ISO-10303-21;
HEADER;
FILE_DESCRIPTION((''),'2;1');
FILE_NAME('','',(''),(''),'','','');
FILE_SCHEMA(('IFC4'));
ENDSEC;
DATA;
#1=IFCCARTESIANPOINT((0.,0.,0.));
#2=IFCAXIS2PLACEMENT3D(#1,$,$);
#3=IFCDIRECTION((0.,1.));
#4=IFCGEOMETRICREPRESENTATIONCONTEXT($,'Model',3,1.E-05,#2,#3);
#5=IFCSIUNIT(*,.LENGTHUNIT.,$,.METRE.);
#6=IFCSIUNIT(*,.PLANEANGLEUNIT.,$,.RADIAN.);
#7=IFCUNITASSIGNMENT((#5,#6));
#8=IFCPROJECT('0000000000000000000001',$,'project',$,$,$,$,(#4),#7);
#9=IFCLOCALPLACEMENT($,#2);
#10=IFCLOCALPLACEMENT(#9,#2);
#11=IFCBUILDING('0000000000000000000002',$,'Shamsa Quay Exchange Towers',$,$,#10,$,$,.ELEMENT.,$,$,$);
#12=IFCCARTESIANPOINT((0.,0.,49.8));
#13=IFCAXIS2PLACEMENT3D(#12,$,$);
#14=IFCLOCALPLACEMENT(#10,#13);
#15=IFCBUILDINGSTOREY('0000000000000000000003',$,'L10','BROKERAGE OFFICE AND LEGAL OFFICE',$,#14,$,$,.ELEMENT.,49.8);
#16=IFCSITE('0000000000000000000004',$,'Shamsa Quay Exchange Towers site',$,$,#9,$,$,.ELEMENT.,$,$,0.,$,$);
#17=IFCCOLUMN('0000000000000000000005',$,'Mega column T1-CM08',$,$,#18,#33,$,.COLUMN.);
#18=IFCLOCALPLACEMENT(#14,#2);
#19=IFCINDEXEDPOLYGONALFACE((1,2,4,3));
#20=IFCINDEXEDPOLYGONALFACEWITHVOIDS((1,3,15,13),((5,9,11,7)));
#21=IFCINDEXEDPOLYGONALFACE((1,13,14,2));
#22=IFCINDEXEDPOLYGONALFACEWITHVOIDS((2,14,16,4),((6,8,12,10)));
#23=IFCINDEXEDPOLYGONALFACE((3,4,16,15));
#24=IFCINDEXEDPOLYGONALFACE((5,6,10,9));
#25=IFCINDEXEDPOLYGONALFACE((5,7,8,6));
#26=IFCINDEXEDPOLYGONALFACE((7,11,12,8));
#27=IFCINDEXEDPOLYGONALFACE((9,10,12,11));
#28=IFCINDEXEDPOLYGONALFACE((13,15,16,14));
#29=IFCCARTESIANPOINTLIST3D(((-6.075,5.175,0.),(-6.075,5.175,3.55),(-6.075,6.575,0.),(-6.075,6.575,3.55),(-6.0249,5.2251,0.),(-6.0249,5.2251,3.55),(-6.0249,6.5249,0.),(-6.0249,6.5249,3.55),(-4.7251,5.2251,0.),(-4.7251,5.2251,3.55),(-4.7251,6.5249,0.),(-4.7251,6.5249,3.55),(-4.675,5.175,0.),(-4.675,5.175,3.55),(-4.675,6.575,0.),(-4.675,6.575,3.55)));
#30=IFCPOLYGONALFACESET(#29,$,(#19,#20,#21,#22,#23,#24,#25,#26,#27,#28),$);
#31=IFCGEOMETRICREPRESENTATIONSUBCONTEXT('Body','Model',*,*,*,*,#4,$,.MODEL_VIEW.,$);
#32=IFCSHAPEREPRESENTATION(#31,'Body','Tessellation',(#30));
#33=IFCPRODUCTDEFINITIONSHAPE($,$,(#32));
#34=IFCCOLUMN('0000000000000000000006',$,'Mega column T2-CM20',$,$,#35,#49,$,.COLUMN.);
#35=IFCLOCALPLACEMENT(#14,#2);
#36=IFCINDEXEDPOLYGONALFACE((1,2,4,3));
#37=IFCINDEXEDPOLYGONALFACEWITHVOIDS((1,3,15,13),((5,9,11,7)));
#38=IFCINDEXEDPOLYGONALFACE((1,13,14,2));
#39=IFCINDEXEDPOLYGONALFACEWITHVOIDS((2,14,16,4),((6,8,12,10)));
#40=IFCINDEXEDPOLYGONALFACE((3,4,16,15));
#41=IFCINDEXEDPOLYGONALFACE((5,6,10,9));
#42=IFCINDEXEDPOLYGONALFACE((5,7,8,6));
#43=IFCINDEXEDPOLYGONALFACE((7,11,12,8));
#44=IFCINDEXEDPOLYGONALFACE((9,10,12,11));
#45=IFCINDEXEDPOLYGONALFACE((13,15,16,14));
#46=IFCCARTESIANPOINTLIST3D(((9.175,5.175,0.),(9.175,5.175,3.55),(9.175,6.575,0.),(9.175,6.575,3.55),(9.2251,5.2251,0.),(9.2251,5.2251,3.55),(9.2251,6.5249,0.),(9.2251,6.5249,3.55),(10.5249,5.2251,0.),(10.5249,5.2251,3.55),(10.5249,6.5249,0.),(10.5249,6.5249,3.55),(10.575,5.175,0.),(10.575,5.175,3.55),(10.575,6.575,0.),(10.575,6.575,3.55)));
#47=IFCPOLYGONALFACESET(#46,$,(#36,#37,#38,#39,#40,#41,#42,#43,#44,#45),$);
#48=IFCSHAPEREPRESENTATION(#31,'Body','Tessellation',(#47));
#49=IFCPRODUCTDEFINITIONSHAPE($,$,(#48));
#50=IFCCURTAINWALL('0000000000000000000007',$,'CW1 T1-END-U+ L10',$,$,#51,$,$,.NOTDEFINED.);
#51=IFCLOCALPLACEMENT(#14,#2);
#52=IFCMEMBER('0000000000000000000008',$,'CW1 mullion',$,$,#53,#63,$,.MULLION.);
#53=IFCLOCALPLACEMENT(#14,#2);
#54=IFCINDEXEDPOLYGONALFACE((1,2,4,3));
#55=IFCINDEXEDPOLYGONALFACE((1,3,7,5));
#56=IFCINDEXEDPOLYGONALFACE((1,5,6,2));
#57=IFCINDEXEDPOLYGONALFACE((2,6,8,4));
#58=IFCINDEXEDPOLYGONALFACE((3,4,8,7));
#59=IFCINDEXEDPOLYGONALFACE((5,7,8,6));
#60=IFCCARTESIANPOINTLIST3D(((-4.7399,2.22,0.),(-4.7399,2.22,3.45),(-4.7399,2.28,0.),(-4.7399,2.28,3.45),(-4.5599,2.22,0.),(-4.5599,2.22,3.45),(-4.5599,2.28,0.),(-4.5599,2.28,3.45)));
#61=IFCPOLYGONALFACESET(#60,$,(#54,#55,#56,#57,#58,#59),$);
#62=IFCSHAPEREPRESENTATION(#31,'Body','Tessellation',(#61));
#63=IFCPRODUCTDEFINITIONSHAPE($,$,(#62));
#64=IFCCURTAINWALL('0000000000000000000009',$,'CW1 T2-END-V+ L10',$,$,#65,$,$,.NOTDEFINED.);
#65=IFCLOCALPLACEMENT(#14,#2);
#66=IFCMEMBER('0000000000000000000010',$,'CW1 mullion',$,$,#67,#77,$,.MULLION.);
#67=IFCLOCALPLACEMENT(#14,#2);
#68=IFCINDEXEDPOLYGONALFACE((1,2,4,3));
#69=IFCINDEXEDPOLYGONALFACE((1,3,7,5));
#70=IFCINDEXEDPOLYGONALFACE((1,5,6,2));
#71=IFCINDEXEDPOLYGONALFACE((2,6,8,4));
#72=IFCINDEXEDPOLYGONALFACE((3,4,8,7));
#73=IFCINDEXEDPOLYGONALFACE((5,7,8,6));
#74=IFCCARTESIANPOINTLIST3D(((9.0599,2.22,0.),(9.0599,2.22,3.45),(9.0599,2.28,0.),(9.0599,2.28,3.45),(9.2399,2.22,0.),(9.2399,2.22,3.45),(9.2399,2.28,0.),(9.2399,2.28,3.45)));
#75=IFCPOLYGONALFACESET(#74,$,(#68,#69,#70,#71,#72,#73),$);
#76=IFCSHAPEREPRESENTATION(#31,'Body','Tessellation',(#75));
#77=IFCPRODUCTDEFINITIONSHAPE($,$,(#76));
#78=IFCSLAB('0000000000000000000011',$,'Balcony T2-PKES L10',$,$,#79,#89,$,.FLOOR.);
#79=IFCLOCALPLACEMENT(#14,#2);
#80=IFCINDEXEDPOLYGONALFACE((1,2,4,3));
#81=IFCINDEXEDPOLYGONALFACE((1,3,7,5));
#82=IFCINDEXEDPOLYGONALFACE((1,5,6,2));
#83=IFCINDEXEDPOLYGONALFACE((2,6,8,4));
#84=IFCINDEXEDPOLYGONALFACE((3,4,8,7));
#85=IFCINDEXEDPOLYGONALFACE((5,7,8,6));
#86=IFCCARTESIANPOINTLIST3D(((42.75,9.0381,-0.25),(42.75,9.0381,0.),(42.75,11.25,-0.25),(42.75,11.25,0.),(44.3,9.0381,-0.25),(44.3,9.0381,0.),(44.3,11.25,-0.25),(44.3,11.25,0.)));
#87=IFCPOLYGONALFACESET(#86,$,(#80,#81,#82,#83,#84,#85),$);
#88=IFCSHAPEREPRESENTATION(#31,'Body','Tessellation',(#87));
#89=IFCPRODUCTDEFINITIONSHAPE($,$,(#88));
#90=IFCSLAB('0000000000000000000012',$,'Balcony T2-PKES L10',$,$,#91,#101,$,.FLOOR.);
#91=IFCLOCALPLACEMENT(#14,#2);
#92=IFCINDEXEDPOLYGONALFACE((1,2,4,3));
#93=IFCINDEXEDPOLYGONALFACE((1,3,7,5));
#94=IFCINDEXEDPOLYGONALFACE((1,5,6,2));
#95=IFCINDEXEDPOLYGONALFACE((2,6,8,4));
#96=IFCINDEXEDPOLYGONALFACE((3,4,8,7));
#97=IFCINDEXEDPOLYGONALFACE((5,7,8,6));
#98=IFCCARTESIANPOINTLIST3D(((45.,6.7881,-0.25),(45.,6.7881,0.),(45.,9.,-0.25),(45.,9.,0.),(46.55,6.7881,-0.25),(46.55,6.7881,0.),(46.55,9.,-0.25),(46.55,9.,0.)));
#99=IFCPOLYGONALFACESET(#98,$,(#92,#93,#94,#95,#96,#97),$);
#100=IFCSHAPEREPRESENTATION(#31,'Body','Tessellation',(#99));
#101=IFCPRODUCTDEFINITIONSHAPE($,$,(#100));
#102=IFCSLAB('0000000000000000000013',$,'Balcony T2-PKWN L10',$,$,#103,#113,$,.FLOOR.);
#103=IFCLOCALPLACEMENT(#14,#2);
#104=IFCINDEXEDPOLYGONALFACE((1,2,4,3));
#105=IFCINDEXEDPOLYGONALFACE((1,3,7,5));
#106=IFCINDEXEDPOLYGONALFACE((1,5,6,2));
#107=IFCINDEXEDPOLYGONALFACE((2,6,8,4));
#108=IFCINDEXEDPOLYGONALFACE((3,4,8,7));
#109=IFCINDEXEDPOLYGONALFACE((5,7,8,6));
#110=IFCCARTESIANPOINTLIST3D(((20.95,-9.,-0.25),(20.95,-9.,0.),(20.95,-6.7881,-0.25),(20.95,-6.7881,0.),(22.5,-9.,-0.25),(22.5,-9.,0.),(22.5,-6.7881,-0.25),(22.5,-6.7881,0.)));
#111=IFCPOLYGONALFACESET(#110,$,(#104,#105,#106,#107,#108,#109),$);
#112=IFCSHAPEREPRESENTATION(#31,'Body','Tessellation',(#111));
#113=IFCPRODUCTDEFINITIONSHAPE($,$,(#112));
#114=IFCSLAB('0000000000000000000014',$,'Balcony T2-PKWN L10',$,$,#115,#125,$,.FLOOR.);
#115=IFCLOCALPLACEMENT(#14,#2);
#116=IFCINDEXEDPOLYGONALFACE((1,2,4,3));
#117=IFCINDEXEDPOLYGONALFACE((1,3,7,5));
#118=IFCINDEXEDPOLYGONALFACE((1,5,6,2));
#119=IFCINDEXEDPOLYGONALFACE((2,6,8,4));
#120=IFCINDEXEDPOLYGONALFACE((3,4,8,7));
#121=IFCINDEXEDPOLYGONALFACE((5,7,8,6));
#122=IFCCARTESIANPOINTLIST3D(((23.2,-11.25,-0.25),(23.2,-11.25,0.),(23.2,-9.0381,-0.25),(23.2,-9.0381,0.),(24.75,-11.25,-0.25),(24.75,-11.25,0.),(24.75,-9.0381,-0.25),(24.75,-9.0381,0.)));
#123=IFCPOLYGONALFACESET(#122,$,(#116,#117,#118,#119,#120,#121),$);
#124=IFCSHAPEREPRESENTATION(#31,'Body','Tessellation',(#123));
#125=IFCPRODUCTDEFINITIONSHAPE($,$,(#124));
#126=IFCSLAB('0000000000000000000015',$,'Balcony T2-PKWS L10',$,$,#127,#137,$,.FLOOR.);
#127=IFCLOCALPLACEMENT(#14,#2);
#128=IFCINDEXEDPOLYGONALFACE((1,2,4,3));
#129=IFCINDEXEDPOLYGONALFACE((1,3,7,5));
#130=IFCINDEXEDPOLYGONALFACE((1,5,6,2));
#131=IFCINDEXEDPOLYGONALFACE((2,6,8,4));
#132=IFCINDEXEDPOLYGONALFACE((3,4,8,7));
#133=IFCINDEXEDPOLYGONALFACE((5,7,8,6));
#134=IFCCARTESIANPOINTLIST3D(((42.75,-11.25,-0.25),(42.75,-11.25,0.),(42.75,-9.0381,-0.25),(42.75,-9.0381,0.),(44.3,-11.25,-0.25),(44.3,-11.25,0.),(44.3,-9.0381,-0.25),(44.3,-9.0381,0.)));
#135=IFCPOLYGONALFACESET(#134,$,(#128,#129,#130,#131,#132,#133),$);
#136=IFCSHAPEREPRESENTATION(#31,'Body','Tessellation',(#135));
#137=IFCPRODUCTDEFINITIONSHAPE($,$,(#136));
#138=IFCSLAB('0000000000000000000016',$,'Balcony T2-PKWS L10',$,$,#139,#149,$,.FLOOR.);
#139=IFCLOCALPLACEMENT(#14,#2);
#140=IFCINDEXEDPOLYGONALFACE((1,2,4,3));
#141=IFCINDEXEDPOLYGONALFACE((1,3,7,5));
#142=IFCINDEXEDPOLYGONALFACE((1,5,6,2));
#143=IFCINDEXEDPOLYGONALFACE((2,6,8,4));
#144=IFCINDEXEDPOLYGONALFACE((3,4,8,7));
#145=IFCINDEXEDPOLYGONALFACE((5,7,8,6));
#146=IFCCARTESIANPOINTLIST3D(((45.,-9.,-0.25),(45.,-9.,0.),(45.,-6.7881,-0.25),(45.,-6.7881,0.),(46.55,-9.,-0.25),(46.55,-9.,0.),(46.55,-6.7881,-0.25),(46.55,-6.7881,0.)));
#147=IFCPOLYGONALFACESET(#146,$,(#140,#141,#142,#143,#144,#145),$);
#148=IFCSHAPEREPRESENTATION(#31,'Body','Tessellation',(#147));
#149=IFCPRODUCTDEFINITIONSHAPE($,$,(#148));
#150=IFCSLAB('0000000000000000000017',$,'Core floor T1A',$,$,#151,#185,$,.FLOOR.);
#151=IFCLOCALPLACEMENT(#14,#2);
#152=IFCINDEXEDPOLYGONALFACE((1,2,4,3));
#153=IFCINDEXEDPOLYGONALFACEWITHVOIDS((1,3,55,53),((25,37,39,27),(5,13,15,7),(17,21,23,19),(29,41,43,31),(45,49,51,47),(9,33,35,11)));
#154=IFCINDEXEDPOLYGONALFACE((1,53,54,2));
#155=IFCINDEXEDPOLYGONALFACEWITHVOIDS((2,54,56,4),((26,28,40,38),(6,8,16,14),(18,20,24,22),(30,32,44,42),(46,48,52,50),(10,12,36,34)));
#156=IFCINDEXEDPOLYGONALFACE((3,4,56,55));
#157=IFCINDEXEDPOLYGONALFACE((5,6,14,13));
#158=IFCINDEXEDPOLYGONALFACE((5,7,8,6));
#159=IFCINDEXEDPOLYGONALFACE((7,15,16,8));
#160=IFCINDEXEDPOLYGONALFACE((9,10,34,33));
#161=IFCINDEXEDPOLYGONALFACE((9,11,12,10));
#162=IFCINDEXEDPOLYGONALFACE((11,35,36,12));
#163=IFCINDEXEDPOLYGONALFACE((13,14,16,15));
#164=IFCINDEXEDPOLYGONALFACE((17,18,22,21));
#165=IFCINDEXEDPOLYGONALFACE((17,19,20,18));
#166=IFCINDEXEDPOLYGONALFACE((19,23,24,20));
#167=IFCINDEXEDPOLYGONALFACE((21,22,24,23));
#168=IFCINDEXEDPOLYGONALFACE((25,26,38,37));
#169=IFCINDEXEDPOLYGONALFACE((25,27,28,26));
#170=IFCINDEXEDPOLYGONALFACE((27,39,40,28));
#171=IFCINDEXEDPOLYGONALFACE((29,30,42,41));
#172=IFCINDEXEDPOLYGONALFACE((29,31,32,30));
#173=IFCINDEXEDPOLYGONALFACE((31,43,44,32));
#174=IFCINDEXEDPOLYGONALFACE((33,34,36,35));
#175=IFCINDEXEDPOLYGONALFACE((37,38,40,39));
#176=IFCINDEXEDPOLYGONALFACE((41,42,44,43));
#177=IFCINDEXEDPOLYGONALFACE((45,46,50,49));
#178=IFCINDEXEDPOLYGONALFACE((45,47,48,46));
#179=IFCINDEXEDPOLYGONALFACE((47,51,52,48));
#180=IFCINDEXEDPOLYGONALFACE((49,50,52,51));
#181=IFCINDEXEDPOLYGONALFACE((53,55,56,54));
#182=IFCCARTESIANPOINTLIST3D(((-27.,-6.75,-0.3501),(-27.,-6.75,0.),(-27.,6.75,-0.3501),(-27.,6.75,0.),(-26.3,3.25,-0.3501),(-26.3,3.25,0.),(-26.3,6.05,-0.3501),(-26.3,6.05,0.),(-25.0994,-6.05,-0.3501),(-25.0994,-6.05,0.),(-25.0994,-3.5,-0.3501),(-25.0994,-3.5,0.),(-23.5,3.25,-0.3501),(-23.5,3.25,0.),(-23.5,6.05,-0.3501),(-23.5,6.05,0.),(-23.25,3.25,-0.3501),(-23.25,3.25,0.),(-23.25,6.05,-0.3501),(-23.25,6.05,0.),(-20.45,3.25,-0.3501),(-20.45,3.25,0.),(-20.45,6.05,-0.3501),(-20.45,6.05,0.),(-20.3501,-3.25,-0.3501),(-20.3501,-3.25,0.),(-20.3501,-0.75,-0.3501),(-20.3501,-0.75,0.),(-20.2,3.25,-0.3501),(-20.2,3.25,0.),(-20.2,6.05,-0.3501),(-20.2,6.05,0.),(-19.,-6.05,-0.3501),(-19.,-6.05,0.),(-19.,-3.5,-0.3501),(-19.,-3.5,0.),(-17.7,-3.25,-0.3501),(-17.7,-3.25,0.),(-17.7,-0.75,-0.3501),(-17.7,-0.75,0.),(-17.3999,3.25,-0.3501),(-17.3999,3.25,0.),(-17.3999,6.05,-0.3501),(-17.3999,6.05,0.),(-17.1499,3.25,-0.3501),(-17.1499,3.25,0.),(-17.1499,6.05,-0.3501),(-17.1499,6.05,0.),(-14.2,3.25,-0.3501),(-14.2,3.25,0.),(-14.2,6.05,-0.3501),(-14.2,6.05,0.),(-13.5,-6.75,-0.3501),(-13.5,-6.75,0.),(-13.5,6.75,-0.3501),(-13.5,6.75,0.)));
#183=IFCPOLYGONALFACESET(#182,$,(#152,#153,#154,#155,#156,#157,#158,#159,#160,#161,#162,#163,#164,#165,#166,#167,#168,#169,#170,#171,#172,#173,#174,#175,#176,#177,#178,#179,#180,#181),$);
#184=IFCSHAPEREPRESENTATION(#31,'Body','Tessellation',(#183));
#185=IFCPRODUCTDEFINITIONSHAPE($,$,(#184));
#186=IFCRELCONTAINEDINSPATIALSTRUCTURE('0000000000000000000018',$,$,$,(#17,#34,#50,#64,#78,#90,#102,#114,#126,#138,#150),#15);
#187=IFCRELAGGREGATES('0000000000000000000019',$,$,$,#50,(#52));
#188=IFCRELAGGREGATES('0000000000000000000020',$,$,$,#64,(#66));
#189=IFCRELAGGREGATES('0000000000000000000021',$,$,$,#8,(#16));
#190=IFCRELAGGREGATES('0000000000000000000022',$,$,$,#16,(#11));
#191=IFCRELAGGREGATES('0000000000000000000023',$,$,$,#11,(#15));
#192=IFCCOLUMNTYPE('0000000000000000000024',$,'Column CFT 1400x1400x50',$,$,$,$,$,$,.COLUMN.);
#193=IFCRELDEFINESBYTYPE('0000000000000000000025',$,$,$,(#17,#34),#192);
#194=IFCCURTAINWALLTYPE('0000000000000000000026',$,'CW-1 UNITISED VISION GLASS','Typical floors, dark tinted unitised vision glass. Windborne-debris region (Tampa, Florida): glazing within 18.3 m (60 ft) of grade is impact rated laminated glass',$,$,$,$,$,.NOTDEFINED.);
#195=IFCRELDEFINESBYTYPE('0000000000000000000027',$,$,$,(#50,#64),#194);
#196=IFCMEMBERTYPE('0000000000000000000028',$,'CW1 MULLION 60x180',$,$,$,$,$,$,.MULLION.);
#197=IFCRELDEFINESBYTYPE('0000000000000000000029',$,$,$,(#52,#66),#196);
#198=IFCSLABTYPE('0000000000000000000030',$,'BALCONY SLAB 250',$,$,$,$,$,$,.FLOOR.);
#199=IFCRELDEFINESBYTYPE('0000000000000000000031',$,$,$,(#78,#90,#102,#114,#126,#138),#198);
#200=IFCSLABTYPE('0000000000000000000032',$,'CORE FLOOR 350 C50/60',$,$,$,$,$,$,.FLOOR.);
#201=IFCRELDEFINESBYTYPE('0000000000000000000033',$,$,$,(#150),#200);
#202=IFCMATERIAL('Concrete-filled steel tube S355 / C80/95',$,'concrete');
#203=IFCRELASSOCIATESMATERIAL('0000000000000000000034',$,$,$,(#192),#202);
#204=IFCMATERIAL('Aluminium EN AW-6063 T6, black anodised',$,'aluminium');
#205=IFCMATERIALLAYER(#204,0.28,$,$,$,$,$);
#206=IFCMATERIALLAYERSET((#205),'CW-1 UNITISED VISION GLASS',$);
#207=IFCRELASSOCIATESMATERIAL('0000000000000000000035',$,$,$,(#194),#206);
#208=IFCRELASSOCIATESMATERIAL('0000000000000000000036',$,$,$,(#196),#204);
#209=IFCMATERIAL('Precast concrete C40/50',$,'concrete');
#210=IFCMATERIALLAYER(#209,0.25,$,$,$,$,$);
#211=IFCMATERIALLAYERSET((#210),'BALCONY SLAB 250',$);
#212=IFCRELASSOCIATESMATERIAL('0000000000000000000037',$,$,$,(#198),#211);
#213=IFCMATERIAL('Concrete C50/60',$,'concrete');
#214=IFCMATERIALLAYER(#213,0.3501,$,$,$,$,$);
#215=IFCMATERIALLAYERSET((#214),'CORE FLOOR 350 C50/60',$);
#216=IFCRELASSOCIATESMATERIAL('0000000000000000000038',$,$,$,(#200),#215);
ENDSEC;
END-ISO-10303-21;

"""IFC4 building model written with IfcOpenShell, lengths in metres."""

from ifc_helpers import new_model, si_unit, direction, frame, origin, origin_2d, place, context, subcontext, project, spatial, polyline, rectangle, hollow_rectangle, outline, extrude, material, layer, layer_set, material_profile, profile_set, type_object, element, aggregate, save


model = new_model("IFC4")

# Units and contexts
model_context = context("Model", 3, precision=1e-05, world=origin(), true_north=direction((0.0, 1.0)))
body_context = subcontext(model_context, "Body", "Model", "MODEL_VIEW")
ifc_project = project(units=[si_unit("LENGTHUNIT", "METRE"), si_unit("PLANEANGLEUNIT", "RADIAN")], contexts=[model_context])

# Site, building, storey
site_placement = place(None, origin())
site = spatial("IfcSite", under=ifc_project, at=site_placement, Name="Shamsa Quay Exchange Towers site", CompositionType="ELEMENT", RefElevation=0.0)
building_placement = place(site_placement, origin())
building = spatial("IfcBuilding", under=site, at=building_placement, Name="Shamsa Quay Exchange Towers", CompositionType="ELEMENT")
storey_placement = place(building_placement, frame((0.0, 0.0, 49.8)))
storey = spatial("IfcBuildingStorey", under=building, at=storey_placement, Name="L10", Description="BROKERAGE OFFICE AND LEGAL OFFICE", CompositionType="ELEMENT", Elevation=49.8)

# Columns
ifc_material_1 = material(Name="Concrete-filled steel tube S355 / C80/95", Category="concrete")
ifc_material_profile_1 = material_profile(ifc_material_1, hollow_rectangle(XDim=1.3999, YDim=1.3999, WallThickness=0.05, at=origin_2d()), Name="CFT 1400x1400x50")
ifc_profile_set_1 = profile_set([ifc_material_profile_1], Name="Concrete-filled steel tube S355 / C80/95")
column_type = type_object("IfcColumnType", Name="Column CFT 1400x1400x50", PredefinedType="COLUMN", material=ifc_profile_set_1)
for number, where, name in (
    (1, (-5.375, 5.875, 0.0), "Mega column T1-CM08"),
    (2, (9.875, 5.875, 0.0), "Mega column T2-CM20"),
):
    element("IfcColumn", number, at=place(storey_placement, frame(where)), inside=storey, type_object=column_type, Name=name, PredefinedType="COLUMN", context=body_context, shape_type="SweptSolid", body=[
        extrude(hollow_rectangle(XDim=1.3999, YDim=1.3999, WallThickness=0.05, at=origin_2d()), origin(), (0.0, 0.0, 1.0), 3.55),
    ])

# Curtain walls, members
ifc_material_2 = material(Name="Aluminium EN AW-6063 T6, black anodised", Category="aluminium")
ifc_layer_1 = layer(ifc_material_2, 0.28)
ifc_layer_set_1 = layer_set([ifc_layer_1], Name="CW-1 UNITISED VISION GLASS")
curtain_wall_type = type_object("IfcCurtainWallType", Name="CW-1 UNITISED VISION GLASS", Description="Typical floors, dark tinted unitised vision glass. Windborne-debris region (Tampa, Florida): glazing within 18.3 m (60 ft) of grade is impact rated laminated glass", PredefinedType="NOTDEFINED", material=ifc_layer_set_1)
curtain_wall_1_placement = place(storey_placement, origin())
curtain_wall_1 = element("IfcCurtainWall", 3, at=curtain_wall_1_placement, inside=storey, type_object=curtain_wall_type, Name="CW1 T1-END-U+ L10", PredefinedType="NOTDEFINED")
ifc_material_profile_2 = material_profile(ifc_material_2, rectangle(XDim=0.1799, YDim=0.0601, at=origin_2d()), Name="MU60x180")
ifc_profile_set_2 = profile_set([ifc_material_profile_2], Name="Aluminium EN AW-6063 T6, black anodised")
member_type = type_object("IfcMemberType", Name="CW1 MULLION 60x180", PredefinedType="MULLION", material=ifc_profile_set_2)
member_1_placement = place(storey_placement, frame((-4.6499, 2.25, 0.0), z_axis=(0.0, 0.0, 1.0), x_axis=(-1.0, 0.0, 0.0)))
member_1 = element("IfcMember", 4, at=member_1_placement, type_object=member_type, Name="CW1 mullion", PredefinedType="MULLION", context=body_context, shape_type="SweptSolid", body=[
    extrude(rectangle(XDim=0.1799, YDim=0.0601, at=origin_2d()), origin(), (0.0, 0.0, 1.0), 3.45),
])
curtain_wall_2_placement = place(storey_placement, origin())
curtain_wall_2 = element("IfcCurtainWall", 5, at=curtain_wall_2_placement, inside=storey, type_object=curtain_wall_type, Name="CW1 T2-END-V+ L10", PredefinedType="NOTDEFINED")
member_2_placement = place(storey_placement, frame((9.1499, 2.25, 0.0)))
member_2 = element("IfcMember", 6, at=member_2_placement, type_object=member_type, Name="CW1 mullion", PredefinedType="MULLION", context=body_context, shape_type="SweptSolid", body=[
    extrude(rectangle(XDim=0.1799, YDim=0.0601, at=origin_2d()), origin(), (0.0, 0.0, 1.0), 3.45),
])

# Slabs
ifc_material_3 = material(Name="Precast concrete C40/50", Category="concrete")
ifc_layer_2 = layer(ifc_material_3, 0.25)
ifc_layer_set_2 = layer_set([ifc_layer_2], Name="BALCONY SLAB 250")
slab_type_1 = type_object("IfcSlabType", Name="BALCONY SLAB 250", PredefinedType="FLOOR", material=ifc_layer_set_2)
slab_1_placement = place(storey_placement, frame((0.0, 0.0, -0.25)))
element("IfcSlab", 7, at=slab_1_placement, inside=storey, type_object=slab_type_1, Name="Balcony T2-PKES L10", PredefinedType="FLOOR", context=body_context, shape_type="SweptSolid", body=[
    extrude(outline(polyline([(42.75, 9.0381), (42.75, 11.25), (44.3, 11.25), (44.3, 9.0381), (42.75, 9.0381)])), origin(), (0.0, 0.0, 1.0), 0.25),
])
slab_2_placement = place(storey_placement, frame((0.0, 0.0, -0.25)))
element("IfcSlab", 8, at=slab_2_placement, inside=storey, type_object=slab_type_1, Name="Balcony T2-PKES L10", PredefinedType="FLOOR", context=body_context, shape_type="SweptSolid", body=[
    extrude(outline(polyline([(45.0, 6.7881), (45.0, 9.0), (46.55, 9.0), (46.55, 6.7881), (45.0, 6.7881)])), origin(), (0.0, 0.0, 1.0), 0.25),
])
slab_3_placement = place(storey_placement, frame((0.0, 0.0, -0.25)))
element("IfcSlab", 9, at=slab_3_placement, inside=storey, type_object=slab_type_1, Name="Balcony T2-PKWN L10", PredefinedType="FLOOR", context=body_context, shape_type="SweptSolid", body=[
    extrude(outline(polyline([(22.5, -6.7881), (22.5, -9.0), (20.95, -9.0), (20.95, -6.7881), (22.5, -6.7881)])), origin(), (0.0, 0.0, 1.0), 0.25),
])
slab_4_placement = place(storey_placement, frame((0.0, 0.0, -0.25)))
element("IfcSlab", 10, at=slab_4_placement, inside=storey, type_object=slab_type_1, Name="Balcony T2-PKWN L10", PredefinedType="FLOOR", context=body_context, shape_type="SweptSolid", body=[
    extrude(outline(polyline([(24.75, -9.0381), (24.75, -11.25), (23.2, -11.25), (23.2, -9.0381), (24.75, -9.0381)])), origin(), (0.0, 0.0, 1.0), 0.25),
])
slab_5_placement = place(storey_placement, frame((0.0, 0.0, -0.25)))
element("IfcSlab", 11, at=slab_5_placement, inside=storey, type_object=slab_type_1, Name="Balcony T2-PKWS L10", PredefinedType="FLOOR", context=body_context, shape_type="SweptSolid", body=[
    extrude(outline(polyline([(42.75, -11.25), (42.75, -9.0381), (44.3, -9.0381), (44.3, -11.25), (42.75, -11.25)])), origin(), (0.0, 0.0, 1.0), 0.25),
])
slab_6_placement = place(storey_placement, frame((0.0, 0.0, -0.25)))
element("IfcSlab", 12, at=slab_6_placement, inside=storey, type_object=slab_type_1, Name="Balcony T2-PKWS L10", PredefinedType="FLOOR", context=body_context, shape_type="SweptSolid", body=[
    extrude(outline(polyline([(45.0, -9.0), (45.0, -6.7881), (46.55, -6.7881), (46.55, -9.0), (45.0, -9.0)])), origin(), (0.0, 0.0, 1.0), 0.25),
])
ifc_material_4 = material(Name="Concrete C50/60", Category="concrete")
ifc_layer_3 = layer(ifc_material_4, 0.3501)
ifc_layer_set_3 = layer_set([ifc_layer_3], Name="CORE FLOOR 350 C50/60")
slab_type_2 = type_object("IfcSlabType", Name="CORE FLOOR 350 C50/60", PredefinedType="FLOOR", material=ifc_layer_set_3)
slab_7_placement = place(storey_placement, frame((0.0, 0.0, -0.3501)))
element("IfcSlab", 13, at=slab_7_placement, inside=storey, type_object=slab_type_2, Name="Core floor T1A", PredefinedType="FLOOR", context=body_context, shape_type="SweptSolid", body=[
    extrude(outline(polyline([(-27.0, -6.75), (-13.5, -6.75), (-13.5, 6.75), (-27.0, 6.75), (-27.0, -6.75)]), holes=[polyline([(-25.0994, -6.05), (-25.0994, -3.5), (-19.0, -3.5), (-19.0, -6.05), (-25.0994, -6.05)]), polyline([(-26.3, 3.25), (-26.3, 6.05), (-23.5, 6.05), (-23.5, 3.25), (-26.3, 3.25)]), polyline([(-23.25, 3.25), (-23.25, 6.05), (-20.45, 6.05), (-20.45, 3.25), (-23.25, 3.25)]), polyline([(-20.2, 3.25), (-20.2, 6.05), (-17.3999, 6.05), (-17.3999, 3.25), (-20.2, 3.25)]), polyline([(-17.1499, 3.25), (-17.1499, 6.05), (-14.2, 6.05), (-14.2, 3.25), (-17.1499, 3.25)]), polyline([(-20.3501, -3.25), (-20.3501, -0.75), (-17.7, -0.75), (-17.7, -3.25), (-20.3501, -3.25)])]), origin(), (0.0, 0.0, 1.0), 0.3501),
])

aggregate(curtain_wall_1, [member_1])
aggregate(curtain_wall_2, [member_2])

save(model, "model.ifc")
